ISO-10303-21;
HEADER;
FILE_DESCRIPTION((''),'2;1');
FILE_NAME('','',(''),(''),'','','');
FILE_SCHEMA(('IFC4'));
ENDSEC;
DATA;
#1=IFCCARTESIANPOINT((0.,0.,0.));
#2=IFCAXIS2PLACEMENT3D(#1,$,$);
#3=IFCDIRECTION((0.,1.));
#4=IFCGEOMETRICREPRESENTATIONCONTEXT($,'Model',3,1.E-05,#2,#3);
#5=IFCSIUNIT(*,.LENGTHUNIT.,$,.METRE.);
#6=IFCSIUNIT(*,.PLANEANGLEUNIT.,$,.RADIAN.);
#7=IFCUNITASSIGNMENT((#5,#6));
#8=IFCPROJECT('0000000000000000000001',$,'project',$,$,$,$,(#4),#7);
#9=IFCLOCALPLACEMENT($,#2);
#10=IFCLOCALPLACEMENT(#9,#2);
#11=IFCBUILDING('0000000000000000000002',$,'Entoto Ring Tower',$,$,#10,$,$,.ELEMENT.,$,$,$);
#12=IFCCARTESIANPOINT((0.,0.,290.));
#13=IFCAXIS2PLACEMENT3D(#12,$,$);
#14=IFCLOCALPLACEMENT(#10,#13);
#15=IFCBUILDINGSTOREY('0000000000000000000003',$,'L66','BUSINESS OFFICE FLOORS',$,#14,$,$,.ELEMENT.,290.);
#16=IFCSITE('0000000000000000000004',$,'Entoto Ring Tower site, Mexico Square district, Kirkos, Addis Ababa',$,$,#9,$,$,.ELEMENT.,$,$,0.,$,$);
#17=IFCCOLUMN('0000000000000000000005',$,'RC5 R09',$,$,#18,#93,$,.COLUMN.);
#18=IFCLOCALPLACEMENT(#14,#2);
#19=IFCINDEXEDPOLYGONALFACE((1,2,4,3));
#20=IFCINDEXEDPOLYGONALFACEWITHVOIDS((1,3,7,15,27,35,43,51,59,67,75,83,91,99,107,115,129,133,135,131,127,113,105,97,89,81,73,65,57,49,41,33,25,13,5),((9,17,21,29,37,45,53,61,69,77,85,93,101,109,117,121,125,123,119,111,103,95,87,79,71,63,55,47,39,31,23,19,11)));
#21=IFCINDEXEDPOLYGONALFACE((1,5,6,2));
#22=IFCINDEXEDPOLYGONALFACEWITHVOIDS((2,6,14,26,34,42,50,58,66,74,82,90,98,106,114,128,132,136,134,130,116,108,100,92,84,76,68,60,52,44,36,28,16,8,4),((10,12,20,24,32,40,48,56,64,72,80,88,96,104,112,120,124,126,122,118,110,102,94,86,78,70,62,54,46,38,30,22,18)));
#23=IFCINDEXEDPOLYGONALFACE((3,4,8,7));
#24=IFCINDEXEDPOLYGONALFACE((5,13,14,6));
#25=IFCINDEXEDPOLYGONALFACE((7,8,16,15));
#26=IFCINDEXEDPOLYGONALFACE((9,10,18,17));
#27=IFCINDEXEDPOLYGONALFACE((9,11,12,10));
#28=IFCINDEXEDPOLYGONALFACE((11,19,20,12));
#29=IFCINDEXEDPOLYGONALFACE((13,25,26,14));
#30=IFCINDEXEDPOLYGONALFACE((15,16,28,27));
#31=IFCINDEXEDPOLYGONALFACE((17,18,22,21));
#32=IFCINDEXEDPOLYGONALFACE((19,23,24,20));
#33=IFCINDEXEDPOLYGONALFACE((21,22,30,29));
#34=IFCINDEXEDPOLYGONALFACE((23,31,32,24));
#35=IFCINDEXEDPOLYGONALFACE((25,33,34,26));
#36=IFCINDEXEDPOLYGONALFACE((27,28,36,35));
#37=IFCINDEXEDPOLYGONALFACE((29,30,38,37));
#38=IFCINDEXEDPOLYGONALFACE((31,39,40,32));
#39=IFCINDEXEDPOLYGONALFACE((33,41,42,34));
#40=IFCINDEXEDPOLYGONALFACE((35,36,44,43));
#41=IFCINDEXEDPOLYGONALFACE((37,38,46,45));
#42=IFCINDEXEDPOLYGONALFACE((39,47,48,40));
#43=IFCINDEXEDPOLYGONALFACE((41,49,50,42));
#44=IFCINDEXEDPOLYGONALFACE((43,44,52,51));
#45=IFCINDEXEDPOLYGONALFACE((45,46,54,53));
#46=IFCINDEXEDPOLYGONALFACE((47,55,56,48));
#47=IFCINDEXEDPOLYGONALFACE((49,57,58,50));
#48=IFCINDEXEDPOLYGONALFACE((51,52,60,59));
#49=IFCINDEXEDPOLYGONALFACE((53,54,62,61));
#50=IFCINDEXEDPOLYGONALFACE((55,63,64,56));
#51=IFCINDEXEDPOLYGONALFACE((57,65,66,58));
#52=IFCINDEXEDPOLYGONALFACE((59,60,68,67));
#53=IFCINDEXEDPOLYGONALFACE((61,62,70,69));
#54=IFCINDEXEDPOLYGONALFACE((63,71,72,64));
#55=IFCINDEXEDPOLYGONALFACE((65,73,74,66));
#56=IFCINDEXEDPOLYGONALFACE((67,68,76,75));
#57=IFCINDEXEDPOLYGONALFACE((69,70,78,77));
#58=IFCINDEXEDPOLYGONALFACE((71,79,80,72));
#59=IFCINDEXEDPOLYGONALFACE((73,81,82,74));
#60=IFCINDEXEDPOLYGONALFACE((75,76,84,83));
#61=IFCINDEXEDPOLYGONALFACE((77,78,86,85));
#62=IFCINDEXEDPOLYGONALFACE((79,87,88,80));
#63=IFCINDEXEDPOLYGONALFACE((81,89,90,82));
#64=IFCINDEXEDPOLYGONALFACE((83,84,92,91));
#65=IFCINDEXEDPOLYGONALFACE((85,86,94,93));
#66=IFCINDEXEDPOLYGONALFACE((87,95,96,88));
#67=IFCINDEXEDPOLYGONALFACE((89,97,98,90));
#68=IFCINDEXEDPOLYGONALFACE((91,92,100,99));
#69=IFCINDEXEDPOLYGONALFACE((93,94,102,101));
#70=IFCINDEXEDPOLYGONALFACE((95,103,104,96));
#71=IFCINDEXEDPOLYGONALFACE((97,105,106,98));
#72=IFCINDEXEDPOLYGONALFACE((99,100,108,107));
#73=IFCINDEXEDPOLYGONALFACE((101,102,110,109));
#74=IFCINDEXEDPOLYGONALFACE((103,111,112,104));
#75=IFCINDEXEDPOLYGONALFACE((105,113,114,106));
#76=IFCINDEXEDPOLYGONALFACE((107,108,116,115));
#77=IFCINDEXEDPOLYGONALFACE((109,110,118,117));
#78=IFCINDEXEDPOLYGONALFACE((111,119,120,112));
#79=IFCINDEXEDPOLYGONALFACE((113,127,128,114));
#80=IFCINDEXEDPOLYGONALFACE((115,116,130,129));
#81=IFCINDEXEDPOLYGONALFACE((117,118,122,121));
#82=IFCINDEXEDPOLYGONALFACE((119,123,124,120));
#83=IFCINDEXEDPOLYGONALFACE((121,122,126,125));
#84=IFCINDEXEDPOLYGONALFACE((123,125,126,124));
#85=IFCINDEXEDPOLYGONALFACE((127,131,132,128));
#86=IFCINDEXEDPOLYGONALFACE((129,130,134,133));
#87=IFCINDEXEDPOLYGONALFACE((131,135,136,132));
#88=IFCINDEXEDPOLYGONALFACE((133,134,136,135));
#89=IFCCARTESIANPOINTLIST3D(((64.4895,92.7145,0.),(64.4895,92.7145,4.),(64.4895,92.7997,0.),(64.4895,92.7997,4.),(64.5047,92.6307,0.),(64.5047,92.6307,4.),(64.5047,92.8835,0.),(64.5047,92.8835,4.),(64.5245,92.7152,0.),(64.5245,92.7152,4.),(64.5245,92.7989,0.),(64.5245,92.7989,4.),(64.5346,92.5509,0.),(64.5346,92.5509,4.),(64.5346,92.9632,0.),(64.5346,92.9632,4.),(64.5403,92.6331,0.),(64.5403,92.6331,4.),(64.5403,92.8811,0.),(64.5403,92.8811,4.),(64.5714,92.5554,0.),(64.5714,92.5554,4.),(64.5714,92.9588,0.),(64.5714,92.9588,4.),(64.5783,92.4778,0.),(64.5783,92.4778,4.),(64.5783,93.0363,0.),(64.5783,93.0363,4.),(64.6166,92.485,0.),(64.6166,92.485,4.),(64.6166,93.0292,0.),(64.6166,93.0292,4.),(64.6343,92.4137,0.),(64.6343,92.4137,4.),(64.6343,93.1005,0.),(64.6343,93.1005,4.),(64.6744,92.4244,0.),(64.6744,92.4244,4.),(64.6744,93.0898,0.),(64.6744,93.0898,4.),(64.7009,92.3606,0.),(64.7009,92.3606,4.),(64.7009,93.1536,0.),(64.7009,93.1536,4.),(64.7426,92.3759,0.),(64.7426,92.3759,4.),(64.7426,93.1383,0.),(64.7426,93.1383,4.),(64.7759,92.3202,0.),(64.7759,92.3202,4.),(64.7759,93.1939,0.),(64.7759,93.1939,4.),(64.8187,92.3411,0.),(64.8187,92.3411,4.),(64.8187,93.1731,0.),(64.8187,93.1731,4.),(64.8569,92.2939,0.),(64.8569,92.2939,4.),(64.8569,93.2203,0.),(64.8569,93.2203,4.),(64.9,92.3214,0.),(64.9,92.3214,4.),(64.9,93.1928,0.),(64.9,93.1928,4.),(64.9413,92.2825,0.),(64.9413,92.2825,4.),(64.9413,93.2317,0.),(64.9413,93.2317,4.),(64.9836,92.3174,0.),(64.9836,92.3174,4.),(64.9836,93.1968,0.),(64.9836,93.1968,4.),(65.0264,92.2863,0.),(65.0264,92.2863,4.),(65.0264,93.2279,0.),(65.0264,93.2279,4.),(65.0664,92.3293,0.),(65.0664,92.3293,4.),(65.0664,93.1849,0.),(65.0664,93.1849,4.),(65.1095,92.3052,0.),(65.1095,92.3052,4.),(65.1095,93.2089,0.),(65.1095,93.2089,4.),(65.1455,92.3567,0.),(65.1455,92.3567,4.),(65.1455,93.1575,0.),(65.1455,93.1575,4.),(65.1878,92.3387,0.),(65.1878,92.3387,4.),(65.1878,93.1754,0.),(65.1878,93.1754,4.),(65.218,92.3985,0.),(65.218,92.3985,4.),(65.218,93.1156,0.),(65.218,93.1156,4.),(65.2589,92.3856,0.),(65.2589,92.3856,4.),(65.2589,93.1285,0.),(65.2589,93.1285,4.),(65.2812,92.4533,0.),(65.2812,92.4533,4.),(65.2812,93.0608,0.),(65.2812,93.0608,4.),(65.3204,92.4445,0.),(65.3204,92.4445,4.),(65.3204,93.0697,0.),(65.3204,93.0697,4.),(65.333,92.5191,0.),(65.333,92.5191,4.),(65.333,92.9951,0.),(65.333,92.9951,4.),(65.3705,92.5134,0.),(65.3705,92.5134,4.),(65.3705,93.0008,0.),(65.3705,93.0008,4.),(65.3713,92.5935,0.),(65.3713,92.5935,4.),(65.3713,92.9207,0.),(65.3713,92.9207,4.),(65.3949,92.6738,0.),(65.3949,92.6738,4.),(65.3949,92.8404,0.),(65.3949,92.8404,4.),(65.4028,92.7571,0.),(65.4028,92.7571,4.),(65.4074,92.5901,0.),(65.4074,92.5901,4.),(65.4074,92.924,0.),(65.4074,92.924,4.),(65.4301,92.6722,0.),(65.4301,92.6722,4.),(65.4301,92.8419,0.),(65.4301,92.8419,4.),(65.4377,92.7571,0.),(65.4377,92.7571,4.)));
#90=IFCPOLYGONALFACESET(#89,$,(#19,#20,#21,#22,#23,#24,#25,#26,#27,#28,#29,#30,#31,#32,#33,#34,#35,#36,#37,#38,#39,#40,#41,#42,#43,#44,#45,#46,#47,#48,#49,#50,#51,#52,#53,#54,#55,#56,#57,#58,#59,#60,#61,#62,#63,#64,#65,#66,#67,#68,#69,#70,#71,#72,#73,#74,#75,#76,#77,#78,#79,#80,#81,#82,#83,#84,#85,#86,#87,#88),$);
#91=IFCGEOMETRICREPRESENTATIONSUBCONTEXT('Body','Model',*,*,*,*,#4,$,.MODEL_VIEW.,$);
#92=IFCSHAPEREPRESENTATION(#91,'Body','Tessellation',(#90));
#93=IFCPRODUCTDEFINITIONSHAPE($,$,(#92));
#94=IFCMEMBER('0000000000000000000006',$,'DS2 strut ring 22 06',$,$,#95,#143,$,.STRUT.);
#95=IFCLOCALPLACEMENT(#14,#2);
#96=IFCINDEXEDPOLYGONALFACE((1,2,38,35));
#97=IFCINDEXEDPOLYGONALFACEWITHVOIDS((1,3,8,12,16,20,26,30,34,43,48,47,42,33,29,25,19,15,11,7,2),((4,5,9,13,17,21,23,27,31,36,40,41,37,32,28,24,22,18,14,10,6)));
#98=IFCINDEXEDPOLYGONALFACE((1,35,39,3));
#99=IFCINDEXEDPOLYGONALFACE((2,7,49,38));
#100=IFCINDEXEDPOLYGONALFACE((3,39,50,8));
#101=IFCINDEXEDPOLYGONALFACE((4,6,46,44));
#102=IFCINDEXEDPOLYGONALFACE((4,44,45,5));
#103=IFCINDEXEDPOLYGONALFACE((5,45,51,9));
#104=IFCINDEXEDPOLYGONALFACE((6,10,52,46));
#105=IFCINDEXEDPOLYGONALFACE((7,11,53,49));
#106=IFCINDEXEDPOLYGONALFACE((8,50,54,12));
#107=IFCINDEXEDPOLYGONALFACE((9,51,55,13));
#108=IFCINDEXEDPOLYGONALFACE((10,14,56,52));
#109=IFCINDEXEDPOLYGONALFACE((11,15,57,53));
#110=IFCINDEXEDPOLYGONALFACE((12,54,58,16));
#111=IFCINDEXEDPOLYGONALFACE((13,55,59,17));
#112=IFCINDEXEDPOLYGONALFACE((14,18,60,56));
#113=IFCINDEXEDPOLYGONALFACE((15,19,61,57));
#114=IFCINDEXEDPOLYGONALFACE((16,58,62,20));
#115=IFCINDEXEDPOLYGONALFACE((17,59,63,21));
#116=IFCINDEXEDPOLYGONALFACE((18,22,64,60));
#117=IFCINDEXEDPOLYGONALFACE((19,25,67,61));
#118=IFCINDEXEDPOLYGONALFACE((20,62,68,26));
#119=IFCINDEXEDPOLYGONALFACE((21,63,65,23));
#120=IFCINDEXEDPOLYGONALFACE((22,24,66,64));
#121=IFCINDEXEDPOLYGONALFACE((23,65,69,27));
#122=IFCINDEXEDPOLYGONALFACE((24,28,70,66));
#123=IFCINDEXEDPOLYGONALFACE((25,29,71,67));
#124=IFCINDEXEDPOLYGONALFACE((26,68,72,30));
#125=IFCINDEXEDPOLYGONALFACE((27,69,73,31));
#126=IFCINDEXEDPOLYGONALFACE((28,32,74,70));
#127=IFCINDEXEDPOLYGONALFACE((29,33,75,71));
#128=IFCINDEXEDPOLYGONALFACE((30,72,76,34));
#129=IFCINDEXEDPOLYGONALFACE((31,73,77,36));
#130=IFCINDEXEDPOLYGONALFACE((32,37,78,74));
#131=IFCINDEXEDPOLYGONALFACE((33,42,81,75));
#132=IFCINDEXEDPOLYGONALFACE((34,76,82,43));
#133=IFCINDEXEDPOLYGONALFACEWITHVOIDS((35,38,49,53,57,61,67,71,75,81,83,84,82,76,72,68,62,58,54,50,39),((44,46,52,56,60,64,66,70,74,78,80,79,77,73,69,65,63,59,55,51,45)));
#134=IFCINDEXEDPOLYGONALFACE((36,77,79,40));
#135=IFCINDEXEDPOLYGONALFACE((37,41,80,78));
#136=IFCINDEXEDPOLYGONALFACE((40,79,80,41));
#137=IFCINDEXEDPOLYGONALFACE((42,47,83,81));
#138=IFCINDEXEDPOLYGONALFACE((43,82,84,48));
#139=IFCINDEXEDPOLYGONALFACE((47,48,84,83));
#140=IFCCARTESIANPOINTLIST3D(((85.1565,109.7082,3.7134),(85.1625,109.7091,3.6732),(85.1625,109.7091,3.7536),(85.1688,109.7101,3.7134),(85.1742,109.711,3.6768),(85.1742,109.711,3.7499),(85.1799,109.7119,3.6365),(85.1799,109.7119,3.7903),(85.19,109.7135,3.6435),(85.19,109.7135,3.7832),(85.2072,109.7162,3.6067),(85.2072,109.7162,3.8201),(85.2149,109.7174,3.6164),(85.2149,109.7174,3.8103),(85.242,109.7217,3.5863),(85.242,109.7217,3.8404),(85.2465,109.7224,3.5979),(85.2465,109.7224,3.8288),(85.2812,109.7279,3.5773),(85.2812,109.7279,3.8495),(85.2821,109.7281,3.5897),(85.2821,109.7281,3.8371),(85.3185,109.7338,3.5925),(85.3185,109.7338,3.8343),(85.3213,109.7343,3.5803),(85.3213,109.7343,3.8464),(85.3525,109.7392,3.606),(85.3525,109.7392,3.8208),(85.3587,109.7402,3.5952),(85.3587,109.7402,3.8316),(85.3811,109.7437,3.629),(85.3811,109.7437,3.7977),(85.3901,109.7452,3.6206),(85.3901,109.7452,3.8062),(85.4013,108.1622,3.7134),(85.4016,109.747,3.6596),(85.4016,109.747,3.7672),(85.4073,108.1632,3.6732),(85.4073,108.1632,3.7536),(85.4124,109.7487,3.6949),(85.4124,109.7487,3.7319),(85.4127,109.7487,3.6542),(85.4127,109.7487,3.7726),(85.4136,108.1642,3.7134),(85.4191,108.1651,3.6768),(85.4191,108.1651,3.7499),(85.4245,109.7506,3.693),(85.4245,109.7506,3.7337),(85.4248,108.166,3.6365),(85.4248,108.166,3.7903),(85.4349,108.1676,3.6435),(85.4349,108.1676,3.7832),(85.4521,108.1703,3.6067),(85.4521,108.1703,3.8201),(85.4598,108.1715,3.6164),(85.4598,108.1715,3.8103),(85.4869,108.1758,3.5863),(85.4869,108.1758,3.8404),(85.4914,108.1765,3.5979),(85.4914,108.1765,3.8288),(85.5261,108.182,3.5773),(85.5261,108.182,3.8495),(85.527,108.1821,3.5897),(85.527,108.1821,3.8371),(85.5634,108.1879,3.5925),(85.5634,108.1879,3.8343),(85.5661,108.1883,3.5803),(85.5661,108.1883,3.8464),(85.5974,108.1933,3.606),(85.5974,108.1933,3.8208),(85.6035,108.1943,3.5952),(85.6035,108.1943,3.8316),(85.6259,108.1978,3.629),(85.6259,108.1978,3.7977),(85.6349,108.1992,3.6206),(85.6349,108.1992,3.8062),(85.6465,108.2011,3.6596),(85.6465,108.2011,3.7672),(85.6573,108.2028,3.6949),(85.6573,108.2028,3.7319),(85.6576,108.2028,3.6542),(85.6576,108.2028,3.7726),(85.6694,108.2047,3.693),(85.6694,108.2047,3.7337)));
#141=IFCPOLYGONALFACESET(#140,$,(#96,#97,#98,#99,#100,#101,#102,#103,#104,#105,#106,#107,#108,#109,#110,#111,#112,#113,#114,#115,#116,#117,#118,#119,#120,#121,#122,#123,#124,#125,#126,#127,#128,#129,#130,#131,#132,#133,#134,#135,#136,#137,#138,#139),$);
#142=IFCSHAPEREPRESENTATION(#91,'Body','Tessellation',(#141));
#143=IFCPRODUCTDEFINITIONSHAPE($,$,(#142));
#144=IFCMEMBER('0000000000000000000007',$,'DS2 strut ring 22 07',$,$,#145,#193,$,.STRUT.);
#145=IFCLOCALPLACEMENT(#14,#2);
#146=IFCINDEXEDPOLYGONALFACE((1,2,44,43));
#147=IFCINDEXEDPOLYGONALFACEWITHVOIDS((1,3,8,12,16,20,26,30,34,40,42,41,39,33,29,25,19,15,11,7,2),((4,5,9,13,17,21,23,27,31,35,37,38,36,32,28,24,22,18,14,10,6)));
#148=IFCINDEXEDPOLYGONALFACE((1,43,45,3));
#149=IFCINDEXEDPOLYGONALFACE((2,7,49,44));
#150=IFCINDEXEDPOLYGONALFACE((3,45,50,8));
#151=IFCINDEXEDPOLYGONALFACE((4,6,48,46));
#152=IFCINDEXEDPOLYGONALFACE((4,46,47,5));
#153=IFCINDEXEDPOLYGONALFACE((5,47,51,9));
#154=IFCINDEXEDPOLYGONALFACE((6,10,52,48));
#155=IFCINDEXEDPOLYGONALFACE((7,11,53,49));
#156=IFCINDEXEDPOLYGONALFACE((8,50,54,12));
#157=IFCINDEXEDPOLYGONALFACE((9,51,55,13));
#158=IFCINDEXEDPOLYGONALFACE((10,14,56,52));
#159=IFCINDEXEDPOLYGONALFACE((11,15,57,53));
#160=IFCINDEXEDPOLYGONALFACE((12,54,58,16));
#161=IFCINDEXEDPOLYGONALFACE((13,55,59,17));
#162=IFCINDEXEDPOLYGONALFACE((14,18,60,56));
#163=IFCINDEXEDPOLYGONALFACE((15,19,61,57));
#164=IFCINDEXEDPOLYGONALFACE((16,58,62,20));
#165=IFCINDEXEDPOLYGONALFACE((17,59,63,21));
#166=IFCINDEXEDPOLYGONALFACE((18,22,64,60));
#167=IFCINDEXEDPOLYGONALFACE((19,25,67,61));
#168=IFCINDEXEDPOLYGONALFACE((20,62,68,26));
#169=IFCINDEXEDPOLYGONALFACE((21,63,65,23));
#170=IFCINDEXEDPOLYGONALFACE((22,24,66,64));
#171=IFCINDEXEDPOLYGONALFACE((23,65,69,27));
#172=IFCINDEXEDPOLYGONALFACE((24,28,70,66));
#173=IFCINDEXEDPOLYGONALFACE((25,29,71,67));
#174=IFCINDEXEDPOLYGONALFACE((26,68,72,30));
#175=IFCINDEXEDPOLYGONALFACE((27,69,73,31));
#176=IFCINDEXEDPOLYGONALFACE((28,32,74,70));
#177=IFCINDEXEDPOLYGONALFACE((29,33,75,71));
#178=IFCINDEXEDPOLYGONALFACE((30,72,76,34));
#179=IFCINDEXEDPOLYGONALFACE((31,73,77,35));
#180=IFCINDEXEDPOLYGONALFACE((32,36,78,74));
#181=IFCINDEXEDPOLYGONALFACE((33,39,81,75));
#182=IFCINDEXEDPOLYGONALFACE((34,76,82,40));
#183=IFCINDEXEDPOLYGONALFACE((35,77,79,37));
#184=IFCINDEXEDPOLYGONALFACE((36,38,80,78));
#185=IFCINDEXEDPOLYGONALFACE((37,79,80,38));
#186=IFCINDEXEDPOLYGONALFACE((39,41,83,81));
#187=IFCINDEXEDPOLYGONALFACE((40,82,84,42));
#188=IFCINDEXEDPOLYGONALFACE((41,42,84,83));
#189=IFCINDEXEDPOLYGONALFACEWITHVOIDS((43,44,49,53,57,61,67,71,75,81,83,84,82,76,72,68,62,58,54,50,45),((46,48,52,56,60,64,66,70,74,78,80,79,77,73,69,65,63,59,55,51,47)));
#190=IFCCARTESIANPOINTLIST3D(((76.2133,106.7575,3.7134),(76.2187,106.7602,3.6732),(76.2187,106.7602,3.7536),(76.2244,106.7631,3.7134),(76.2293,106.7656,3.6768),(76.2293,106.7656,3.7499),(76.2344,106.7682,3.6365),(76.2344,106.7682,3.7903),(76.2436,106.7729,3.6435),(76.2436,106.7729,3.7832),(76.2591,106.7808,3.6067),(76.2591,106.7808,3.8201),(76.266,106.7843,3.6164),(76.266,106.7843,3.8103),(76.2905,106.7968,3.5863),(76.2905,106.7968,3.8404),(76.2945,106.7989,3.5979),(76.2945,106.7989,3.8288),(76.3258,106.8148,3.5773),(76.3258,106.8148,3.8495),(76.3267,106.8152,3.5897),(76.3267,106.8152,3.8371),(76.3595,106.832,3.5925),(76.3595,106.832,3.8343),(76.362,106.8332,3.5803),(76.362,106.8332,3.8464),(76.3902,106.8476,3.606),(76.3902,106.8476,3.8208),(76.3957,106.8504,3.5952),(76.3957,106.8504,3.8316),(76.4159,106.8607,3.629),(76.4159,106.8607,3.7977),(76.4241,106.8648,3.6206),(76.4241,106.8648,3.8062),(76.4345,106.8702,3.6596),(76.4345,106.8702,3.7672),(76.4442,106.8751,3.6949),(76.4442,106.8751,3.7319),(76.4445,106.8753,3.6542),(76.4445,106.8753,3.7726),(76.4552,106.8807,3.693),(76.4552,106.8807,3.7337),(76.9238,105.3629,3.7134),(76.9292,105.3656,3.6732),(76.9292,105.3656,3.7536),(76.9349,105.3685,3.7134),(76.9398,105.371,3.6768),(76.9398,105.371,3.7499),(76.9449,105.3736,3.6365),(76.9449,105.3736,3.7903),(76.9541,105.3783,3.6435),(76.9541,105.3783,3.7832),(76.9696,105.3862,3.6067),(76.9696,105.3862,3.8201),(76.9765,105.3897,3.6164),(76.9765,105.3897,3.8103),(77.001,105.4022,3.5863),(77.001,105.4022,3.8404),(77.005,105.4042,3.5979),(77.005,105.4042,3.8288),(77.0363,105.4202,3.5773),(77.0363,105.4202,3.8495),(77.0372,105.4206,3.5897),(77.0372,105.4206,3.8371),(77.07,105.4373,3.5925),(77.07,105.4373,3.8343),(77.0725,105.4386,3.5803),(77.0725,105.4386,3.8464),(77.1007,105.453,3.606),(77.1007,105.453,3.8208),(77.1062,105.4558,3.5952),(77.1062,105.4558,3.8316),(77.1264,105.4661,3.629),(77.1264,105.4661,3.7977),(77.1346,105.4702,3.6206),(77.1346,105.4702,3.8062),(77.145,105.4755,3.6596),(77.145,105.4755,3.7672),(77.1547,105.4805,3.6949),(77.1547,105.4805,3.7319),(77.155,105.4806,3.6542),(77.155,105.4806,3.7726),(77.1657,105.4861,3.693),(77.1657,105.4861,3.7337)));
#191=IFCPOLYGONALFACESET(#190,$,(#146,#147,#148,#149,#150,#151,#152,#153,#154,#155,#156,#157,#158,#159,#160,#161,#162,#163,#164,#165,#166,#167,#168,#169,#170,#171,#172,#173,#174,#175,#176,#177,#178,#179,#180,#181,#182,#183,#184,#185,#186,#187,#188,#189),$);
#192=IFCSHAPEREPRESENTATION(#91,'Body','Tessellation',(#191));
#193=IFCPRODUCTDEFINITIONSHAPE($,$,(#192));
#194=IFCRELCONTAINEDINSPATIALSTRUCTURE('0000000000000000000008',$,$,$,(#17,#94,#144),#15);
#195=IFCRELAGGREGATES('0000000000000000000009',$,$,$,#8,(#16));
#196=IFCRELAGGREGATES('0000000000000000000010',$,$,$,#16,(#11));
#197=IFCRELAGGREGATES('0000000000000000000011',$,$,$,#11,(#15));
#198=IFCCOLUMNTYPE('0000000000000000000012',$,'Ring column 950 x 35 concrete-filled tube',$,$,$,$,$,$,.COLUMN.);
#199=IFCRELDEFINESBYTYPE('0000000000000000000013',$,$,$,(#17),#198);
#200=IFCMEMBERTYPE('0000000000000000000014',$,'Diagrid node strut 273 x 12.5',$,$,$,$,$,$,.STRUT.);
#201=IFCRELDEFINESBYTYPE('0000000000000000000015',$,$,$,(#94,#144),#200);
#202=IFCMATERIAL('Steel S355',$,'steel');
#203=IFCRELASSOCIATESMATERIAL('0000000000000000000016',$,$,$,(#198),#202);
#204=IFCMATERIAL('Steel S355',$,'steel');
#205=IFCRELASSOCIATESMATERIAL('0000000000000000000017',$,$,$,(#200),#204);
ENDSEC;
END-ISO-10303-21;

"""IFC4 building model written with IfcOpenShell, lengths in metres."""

from ifc_helpers import new_model, si_unit, direction, frame, origin, origin_2d, place, context, subcontext, project, spatial, circle, hollow_circle, extrude, material, material_profile, profile_set, type_object, element, save


model = new_model("IFC4")

# Units and contexts
model_context = context("Model", 3, precision=1e-05, world=origin(), true_north=direction((0.0, 1.0)))
body_context = subcontext(model_context, "Body", "Model", "MODEL_VIEW")
ifc_project = project(units=[si_unit("LENGTHUNIT", "METRE"), si_unit("PLANEANGLEUNIT", "RADIAN")], contexts=[model_context])

# Site, building, storey
site_placement = place(None, origin())
site = spatial("IfcSite", under=ifc_project, at=site_placement, Name="Entoto Ring Tower site, Mexico Square district, Kirkos, Addis Ababa", CompositionType="ELEMENT", RefElevation=0.0)
building_placement = place(site_placement, origin())
building = spatial("IfcBuilding", under=site, at=building_placement, Name="Entoto Ring Tower", CompositionType="ELEMENT")
storey_placement = place(building_placement, frame((0.0, 0.0, 290.0)))
storey = spatial("IfcBuildingStorey", under=building, at=storey_placement, Name="L66", Description="BUSINESS OFFICE FLOORS", CompositionType="ELEMENT", Elevation=290.0)

# Column
ifc_material_1 = material(Name="Steel S355", Category="steel")
ifc_material_profile_1 = material_profile(ifc_material_1, hollow_circle(Radius=0.4751, WallThickness=0.0349, at=origin_2d()), Name="CHS 950 x 35")
ifc_material_2 = material(Name="Concrete C60/75", Category="concrete")
ifc_material_profile_2 = material_profile(ifc_material_2, circle(Radius=0.4399, at=origin_2d()), Name="Concrete C60/75 infill")
ifc_profile_set_1 = profile_set([ifc_material_profile_1, ifc_material_profile_2], Name="Steel S355")
column_type = type_object("IfcColumnType", Name="Ring column 950 x 35 concrete-filled tube", PredefinedType="COLUMN", material=ifc_profile_set_1)
for number, where, z_axis, x_axis, name in (
    (1, (64.9626, 92.7571, 0.0), (0.0, 0.0, 1.0), (1.0, 0.0, 0.0), "RC5 R09"),
):
    element("IfcColumn", number, at=place(storey_placement, frame(where, z_axis=z_axis, x_axis=x_axis)), inside=storey, type_object=column_type, Name=name, PredefinedType="COLUMN", context=body_context, shape_type="SweptSolid", body=[
        extrude(hollow_circle(Radius=0.4751, WallThickness=0.0349, at=origin_2d()), origin(), (0.0, 0.0, 1.0), 4.0),
    ])

# Members
ifc_material_3 = material(Name="Steel S355", Category="steel")
ifc_material_profile_3 = material_profile(ifc_material_3, hollow_circle(Radius=0.1365, WallThickness=0.0125, at=origin_2d()), Name="CHS 273 x 12.5")
ifc_material_4 = material(Name="Concrete C60/75", Category="concrete")
ifc_material_profile_4 = material_profile(ifc_material_4, circle(Radius=0.124, at=origin_2d()), Name="Concrete C60/75 infill")
ifc_profile_set_2 = profile_set([ifc_material_profile_3, ifc_material_profile_4], Name="Steel S355")
member_type = type_object("IfcMemberType", Name="Diagrid node strut 273 x 12.5", PredefinedType="STRUT", material=ifc_profile_set_2)
for number, where, z_axis, x_axis, name in (
    (2, (85.5361, 108.1836, 3.7134), (-0.156451, 0.987686, 0.0), (-0.987686, -0.156451, 0.0), "DS2 strut ring 22 06"),
    (3, (77.0454, 105.4248, 3.7134), (-0.45394, 0.891032, 0.0), (-0.891032, -0.45394, 0.0), "DS2 strut ring 22 07"),
):
    element("IfcMember", number, at=place(storey_placement, frame(where, z_axis=z_axis, x_axis=x_axis)), inside=storey, type_object=member_type, Name=name, PredefinedType="STRUT", context=body_context, shape_type="SweptSolid", body=[
        extrude(hollow_circle(Radius=0.1365, WallThickness=0.0125, at=origin_2d()), origin(), (0.0, 0.0, 1.0), 1.5652),
    ])

save(model, "model.ifc")
